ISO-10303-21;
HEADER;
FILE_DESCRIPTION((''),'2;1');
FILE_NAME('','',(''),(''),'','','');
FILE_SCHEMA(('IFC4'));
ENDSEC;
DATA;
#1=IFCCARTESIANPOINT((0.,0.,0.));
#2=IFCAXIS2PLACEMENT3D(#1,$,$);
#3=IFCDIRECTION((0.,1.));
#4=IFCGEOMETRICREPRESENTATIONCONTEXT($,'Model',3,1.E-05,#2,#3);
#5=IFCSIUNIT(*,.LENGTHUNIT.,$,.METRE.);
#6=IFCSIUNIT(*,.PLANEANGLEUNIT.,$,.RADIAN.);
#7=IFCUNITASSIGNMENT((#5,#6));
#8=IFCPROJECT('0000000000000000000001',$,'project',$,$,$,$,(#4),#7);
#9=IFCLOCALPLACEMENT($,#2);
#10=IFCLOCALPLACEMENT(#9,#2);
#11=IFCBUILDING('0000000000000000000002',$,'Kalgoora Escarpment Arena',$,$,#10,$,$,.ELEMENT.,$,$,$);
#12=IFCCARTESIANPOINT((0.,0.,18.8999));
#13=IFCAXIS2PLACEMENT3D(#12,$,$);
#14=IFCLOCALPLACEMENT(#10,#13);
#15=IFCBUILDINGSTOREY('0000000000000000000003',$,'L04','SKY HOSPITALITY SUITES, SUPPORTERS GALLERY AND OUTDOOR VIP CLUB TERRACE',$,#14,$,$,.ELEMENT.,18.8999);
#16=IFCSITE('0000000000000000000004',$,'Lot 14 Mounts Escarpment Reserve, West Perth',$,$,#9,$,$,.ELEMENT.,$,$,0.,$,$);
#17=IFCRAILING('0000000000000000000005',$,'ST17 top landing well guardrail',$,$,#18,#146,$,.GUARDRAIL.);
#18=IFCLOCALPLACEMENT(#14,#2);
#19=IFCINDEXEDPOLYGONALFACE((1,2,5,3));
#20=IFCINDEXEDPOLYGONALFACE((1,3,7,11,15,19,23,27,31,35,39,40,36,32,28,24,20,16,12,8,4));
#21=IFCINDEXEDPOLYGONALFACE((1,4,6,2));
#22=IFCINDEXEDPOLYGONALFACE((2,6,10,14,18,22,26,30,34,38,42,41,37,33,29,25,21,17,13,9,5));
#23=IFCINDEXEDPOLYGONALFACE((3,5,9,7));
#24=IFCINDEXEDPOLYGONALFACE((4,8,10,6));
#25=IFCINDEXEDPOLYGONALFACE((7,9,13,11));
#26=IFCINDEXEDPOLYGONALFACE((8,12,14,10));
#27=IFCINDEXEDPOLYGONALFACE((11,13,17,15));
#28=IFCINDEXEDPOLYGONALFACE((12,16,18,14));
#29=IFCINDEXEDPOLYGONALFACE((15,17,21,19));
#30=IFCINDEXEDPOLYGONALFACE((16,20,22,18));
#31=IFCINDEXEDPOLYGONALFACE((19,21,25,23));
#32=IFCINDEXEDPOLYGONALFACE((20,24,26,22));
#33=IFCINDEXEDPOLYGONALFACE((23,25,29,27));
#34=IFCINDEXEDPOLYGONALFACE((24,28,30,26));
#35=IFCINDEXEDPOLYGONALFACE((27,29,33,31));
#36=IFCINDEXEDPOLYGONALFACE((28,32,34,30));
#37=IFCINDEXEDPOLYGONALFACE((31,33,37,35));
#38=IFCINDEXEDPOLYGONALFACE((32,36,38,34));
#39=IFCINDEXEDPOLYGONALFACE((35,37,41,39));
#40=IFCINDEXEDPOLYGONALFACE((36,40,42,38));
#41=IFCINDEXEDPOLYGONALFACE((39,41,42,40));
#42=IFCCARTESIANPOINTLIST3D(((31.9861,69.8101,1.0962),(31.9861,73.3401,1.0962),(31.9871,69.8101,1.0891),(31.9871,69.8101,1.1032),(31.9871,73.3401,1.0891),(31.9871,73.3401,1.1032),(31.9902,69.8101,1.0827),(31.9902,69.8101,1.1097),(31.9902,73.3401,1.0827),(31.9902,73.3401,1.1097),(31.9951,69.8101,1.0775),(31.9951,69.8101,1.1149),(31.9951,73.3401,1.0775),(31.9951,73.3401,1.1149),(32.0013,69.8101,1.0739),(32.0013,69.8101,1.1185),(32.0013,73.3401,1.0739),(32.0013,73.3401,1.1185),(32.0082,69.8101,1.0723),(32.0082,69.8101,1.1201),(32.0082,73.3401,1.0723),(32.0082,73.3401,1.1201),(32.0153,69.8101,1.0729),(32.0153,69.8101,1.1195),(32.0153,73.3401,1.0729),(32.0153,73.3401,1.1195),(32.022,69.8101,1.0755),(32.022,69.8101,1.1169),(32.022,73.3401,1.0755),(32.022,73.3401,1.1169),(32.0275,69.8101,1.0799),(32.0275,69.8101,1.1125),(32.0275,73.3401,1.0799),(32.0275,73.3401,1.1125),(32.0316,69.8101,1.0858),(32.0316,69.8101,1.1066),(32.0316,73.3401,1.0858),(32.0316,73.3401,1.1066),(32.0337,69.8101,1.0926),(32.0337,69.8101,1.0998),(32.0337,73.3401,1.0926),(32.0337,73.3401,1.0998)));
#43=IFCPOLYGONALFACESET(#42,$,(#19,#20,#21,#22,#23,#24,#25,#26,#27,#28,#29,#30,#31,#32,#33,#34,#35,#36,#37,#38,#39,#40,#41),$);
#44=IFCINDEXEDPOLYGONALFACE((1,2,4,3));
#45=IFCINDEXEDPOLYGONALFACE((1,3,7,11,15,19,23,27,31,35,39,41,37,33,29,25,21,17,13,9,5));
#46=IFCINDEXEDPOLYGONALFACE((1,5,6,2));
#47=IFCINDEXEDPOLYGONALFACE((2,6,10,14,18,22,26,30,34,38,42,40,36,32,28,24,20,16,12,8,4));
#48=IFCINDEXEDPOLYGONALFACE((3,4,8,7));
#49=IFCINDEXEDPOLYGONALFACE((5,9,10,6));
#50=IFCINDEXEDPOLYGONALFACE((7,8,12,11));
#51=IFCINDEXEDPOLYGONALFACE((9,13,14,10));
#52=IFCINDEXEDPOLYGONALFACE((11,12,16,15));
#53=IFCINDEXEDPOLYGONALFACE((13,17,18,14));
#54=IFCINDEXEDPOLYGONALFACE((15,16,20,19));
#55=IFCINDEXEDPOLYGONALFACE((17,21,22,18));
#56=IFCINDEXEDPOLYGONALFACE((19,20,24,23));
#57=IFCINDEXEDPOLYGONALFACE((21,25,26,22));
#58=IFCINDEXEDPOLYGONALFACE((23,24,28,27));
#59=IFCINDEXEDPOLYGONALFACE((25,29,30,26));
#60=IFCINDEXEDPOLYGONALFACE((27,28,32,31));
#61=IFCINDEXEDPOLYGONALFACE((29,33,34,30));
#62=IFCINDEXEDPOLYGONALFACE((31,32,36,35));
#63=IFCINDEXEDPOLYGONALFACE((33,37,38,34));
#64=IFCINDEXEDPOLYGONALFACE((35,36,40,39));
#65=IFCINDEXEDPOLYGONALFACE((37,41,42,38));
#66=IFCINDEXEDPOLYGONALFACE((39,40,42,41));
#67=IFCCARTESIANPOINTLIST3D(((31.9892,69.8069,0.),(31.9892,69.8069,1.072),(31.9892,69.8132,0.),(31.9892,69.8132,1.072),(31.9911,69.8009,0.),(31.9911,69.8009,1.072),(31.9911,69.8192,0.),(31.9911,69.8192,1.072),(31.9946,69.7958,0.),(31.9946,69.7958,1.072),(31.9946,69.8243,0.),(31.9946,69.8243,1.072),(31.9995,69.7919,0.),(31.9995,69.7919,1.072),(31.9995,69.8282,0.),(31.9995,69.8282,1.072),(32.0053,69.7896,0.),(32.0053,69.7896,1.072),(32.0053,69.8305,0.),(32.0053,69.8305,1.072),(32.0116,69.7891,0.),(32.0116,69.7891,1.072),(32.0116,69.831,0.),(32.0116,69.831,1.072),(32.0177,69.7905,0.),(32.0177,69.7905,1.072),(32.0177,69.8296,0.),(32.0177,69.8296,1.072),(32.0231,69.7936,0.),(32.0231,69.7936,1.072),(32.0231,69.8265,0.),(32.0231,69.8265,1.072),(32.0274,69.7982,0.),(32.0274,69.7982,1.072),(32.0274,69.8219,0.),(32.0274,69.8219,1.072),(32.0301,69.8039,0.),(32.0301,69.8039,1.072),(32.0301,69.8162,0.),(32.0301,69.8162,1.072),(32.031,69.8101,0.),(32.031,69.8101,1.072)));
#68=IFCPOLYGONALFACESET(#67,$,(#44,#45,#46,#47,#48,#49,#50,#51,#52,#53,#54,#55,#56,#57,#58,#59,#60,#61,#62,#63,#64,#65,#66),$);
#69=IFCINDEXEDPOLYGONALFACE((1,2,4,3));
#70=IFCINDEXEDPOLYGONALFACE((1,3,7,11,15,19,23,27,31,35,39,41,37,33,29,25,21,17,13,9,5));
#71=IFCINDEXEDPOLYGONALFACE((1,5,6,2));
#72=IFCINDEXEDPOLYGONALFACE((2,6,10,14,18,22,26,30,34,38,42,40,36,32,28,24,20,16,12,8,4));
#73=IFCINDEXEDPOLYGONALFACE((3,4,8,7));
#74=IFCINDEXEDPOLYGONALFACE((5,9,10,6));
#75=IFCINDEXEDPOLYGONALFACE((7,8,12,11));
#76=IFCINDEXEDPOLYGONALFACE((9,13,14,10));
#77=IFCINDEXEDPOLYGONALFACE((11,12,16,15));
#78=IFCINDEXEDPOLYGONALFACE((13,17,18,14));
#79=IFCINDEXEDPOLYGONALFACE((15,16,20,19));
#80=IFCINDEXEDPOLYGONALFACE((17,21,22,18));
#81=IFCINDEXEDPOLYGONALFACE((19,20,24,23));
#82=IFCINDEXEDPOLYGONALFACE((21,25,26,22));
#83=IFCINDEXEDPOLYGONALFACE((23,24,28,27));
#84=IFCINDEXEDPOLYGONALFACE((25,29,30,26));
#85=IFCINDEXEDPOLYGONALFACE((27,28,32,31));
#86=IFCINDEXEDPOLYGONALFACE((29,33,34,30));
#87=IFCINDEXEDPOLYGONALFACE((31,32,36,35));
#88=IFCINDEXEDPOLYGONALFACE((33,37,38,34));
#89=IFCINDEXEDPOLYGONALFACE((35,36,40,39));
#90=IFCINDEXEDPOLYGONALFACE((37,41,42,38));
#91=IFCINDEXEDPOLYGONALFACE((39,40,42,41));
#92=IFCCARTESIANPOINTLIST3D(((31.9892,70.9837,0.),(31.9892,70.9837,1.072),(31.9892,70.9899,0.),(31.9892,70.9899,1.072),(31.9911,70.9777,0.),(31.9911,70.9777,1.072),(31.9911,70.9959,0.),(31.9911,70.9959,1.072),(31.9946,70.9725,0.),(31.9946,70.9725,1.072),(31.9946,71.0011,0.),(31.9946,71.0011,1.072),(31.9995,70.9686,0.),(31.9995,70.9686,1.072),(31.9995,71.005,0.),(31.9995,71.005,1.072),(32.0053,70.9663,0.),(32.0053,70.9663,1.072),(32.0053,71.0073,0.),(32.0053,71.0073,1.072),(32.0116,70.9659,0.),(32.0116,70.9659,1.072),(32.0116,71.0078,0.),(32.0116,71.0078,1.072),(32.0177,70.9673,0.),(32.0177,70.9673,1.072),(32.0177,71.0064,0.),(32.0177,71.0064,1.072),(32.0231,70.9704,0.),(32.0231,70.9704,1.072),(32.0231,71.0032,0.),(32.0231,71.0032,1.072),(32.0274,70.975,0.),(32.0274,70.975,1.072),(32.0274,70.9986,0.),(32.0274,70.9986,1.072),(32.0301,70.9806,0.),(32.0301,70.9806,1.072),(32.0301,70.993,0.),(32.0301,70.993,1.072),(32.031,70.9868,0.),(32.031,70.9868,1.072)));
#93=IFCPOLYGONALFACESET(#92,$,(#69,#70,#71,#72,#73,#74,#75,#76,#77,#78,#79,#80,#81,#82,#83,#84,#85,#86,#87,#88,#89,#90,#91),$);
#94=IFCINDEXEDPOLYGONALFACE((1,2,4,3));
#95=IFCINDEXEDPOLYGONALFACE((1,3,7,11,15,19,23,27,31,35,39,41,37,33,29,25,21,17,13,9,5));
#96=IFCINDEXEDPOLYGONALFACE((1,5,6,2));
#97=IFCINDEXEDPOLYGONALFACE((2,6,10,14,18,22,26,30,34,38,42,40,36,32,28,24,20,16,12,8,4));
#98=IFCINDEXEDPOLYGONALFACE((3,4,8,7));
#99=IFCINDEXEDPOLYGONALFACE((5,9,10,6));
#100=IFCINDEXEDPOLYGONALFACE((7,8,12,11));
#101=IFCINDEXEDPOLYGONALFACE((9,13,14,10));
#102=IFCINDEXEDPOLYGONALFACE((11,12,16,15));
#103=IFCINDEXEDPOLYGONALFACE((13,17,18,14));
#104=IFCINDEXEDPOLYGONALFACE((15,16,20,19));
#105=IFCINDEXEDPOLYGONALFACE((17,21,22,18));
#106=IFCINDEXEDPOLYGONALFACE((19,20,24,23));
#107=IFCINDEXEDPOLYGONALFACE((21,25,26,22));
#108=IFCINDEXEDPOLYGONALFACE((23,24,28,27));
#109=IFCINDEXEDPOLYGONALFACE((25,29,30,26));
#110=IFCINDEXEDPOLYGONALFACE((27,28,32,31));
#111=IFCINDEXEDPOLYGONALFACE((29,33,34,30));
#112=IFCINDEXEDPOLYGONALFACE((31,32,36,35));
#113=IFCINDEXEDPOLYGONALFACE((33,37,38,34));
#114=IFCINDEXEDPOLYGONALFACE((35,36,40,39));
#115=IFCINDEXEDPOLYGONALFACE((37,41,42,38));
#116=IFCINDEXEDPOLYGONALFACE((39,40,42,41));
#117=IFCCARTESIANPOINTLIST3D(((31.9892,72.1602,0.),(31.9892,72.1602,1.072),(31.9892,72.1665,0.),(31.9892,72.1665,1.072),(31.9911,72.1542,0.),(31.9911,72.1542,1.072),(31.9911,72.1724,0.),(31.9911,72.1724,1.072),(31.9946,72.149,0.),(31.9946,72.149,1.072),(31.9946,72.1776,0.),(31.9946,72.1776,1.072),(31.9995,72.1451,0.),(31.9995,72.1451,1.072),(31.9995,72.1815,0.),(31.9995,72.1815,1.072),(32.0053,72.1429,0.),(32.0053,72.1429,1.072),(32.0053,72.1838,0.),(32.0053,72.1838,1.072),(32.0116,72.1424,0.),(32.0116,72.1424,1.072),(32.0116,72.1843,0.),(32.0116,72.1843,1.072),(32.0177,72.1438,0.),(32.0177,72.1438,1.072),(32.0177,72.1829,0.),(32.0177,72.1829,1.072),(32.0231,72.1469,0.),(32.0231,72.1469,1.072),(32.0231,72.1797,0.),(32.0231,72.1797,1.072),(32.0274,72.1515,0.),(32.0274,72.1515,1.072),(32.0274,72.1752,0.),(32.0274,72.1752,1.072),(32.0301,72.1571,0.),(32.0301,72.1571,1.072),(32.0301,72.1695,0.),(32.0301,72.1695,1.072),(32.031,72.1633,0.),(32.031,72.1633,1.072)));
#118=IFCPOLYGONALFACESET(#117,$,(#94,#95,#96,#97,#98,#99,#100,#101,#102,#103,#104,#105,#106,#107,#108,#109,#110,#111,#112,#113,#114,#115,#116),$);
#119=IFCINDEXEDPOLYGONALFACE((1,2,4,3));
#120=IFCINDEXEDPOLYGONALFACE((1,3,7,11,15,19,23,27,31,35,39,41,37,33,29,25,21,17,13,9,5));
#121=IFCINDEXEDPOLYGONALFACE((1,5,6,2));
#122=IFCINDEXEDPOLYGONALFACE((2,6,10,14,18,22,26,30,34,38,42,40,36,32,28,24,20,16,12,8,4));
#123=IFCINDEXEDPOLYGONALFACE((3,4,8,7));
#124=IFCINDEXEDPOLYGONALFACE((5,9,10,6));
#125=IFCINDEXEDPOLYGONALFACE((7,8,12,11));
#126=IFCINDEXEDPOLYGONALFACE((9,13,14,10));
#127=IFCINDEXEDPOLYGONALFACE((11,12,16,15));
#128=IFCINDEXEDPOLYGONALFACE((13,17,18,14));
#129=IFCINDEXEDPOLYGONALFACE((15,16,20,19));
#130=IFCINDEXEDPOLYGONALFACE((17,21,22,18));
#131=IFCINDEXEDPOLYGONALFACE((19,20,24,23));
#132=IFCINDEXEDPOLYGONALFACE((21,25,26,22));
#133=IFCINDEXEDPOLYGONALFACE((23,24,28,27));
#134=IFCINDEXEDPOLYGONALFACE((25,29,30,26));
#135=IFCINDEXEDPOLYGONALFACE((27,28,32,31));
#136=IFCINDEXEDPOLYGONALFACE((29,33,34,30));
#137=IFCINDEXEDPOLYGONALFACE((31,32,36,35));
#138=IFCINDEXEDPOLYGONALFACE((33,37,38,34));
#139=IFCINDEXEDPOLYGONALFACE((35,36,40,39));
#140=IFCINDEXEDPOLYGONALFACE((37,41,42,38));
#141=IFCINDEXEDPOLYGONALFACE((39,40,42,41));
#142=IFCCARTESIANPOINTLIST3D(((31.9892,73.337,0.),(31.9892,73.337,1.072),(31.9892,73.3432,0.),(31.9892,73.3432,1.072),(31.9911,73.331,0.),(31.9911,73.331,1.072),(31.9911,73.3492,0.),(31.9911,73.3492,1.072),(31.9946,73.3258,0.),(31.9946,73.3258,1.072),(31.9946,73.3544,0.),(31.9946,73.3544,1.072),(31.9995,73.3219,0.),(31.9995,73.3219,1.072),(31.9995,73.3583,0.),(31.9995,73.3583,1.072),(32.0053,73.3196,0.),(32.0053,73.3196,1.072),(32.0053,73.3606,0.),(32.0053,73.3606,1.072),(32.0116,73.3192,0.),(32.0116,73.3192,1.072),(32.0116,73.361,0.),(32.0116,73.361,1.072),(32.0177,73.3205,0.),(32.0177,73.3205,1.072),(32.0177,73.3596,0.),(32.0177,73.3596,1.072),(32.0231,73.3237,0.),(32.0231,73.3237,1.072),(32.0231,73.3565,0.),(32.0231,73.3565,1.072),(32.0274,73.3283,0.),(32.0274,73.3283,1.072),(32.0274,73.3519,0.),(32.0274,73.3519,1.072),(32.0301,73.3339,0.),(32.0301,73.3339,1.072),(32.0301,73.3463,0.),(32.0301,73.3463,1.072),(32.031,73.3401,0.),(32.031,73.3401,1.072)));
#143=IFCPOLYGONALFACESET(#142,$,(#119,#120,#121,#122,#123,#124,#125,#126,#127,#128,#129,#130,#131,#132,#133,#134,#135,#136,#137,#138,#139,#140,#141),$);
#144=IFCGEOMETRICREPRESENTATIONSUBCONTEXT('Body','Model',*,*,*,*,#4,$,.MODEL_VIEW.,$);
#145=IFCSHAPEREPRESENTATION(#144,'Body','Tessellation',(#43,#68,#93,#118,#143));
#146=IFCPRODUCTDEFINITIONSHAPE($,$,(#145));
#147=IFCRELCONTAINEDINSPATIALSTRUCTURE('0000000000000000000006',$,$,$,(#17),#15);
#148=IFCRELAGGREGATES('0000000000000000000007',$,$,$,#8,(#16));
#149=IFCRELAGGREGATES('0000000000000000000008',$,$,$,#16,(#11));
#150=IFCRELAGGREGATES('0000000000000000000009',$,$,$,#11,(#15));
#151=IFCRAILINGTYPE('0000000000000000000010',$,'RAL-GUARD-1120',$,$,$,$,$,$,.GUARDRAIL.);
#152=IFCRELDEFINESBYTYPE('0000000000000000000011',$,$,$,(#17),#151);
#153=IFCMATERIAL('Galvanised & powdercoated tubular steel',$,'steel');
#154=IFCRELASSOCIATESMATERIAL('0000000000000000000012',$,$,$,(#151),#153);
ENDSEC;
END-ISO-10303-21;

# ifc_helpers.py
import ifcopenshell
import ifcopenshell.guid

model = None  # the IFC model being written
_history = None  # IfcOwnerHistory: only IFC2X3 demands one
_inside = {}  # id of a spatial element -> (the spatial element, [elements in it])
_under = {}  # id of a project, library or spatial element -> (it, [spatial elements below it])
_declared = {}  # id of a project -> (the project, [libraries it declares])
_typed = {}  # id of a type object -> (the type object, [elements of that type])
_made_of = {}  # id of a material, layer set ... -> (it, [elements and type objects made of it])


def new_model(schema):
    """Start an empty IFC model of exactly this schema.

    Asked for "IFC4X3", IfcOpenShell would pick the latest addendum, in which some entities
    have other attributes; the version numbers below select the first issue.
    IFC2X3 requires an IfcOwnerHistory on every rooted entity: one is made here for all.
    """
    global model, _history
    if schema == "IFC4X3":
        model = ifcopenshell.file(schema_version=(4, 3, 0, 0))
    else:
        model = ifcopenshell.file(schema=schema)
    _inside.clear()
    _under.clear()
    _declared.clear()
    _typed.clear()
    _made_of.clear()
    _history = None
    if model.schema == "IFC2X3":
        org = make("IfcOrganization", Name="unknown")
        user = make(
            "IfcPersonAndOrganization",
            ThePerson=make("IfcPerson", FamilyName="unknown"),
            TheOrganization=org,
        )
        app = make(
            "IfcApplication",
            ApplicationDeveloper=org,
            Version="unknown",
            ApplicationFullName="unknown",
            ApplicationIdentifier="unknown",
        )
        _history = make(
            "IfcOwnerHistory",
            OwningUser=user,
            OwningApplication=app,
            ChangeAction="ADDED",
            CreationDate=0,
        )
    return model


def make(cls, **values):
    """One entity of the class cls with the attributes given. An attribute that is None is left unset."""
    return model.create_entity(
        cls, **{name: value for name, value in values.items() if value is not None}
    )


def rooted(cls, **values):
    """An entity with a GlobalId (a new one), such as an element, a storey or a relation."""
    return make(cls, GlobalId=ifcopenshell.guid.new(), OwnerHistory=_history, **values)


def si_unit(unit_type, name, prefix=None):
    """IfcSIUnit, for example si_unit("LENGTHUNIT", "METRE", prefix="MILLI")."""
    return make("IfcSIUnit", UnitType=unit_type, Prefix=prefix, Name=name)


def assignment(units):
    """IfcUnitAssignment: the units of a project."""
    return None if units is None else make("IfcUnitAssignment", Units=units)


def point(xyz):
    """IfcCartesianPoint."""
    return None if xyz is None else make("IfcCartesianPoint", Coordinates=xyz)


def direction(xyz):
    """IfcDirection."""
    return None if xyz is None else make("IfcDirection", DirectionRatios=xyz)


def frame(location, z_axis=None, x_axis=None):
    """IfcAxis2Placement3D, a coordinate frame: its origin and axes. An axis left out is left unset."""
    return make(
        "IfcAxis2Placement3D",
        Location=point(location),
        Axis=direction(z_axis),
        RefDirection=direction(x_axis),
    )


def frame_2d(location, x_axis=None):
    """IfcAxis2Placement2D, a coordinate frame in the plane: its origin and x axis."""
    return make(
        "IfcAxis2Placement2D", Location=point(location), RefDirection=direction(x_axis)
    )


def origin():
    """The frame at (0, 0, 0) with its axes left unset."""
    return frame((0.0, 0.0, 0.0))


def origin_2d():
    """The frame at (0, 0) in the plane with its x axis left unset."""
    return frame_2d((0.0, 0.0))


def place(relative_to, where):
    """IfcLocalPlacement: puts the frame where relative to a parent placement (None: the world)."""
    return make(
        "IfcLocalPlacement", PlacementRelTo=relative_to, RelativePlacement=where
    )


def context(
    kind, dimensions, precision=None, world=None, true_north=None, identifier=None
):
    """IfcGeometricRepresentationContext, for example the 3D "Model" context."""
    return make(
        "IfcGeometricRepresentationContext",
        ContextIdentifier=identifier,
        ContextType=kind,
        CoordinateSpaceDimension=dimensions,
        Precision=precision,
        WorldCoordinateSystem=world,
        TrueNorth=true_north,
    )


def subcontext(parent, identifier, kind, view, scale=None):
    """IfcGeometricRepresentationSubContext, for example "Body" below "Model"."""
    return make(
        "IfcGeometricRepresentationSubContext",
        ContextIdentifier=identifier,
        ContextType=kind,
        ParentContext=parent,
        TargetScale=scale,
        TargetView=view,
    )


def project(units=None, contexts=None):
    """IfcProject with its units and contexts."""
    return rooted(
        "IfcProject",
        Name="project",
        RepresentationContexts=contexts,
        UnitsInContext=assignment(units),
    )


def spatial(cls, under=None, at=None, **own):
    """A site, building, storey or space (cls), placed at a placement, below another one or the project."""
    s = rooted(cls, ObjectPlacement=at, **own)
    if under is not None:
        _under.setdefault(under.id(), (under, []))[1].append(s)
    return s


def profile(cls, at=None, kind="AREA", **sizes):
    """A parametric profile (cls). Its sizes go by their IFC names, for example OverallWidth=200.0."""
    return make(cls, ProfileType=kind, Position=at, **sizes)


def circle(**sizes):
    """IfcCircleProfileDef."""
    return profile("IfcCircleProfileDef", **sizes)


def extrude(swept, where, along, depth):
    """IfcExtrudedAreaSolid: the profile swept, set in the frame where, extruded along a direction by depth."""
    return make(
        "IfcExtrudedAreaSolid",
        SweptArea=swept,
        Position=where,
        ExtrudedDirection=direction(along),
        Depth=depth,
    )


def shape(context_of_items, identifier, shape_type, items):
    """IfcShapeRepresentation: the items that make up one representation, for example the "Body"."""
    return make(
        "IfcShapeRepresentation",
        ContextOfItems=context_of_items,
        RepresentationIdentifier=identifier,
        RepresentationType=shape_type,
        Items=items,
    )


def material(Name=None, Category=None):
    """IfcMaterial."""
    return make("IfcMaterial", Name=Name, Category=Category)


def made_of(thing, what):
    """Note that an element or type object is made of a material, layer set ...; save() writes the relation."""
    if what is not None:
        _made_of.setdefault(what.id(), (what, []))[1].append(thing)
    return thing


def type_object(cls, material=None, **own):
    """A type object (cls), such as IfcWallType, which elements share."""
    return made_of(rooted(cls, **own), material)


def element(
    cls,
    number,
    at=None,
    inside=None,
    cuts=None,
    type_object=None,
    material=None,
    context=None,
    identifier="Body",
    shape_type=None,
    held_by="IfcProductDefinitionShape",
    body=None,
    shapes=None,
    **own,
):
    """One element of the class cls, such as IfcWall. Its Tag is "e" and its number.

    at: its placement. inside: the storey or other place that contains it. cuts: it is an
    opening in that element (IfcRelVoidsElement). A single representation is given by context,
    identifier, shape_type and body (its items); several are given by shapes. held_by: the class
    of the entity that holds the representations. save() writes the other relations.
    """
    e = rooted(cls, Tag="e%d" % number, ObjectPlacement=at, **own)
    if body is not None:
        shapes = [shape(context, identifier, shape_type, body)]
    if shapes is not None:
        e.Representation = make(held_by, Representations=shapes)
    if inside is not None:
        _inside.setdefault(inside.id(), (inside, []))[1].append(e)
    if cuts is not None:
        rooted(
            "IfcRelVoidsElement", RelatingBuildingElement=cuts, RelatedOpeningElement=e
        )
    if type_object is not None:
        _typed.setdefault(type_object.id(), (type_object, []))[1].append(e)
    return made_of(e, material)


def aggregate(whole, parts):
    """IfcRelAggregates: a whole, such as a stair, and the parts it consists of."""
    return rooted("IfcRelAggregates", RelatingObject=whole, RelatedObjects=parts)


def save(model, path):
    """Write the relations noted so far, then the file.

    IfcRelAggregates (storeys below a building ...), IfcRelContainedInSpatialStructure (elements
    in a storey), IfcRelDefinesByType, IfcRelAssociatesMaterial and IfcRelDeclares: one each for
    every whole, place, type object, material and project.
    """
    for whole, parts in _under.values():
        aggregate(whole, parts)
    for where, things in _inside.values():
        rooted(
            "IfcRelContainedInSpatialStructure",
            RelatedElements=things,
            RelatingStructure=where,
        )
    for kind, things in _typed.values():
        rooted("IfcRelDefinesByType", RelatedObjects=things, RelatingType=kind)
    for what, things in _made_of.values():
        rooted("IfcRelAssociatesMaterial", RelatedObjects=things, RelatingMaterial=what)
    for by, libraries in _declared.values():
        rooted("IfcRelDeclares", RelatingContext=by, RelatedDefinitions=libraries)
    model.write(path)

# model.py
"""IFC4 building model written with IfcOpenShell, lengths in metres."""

from ifc_helpers import new_model, si_unit, direction, frame, origin, origin_2d, place, context, subcontext, project, spatial, circle, extrude, material, type_object, element, save


model = new_model("IFC4")

# Units and contexts
model_context = context("Model", 3, precision=1e-05, world=origin(), true_north=direction((0.0, 1.0)))
body_context = subcontext(model_context, "Body", "Model", "MODEL_VIEW")
ifc_project = project(units=[si_unit("LENGTHUNIT", "METRE"), si_unit("PLANEANGLEUNIT", "RADIAN")], contexts=[model_context])

# Site, building, storey
site_placement = place(None, origin())
site = spatial("IfcSite", under=ifc_project, at=site_placement, Name="Lot 14 Mounts Escarpment Reserve, West Perth", CompositionType="ELEMENT", RefElevation=0.0)
building_placement = place(site_placement, origin())
building = spatial("IfcBuilding", under=site, at=building_placement, Name="Kalgoora Escarpment Arena", CompositionType="ELEMENT")
storey_placement = place(building_placement, frame((0.0, 0.0, 18.8999)))
storey = spatial("IfcBuildingStorey", under=building, at=storey_placement, Name="L04", Description="SKY HOSPITALITY SUITES, SUPPORTERS GALLERY AND OUTDOOR VIP CLUB TERRACE", CompositionType="ELEMENT", Elevation=18.8999)

# Railing
ifc_material_1 = material(Name="Galvanised & powdercoated tubular steel", Category="steel")
railing_type = type_object("IfcRailingType", Name="RAL-GUARD-1120", PredefinedType="GUARDRAIL", material=ifc_material_1)
railing_1_placement = place(storey_placement, frame((32.01, 69.8101, 0.0)))
element("IfcRailing", 1, at=railing_1_placement, inside=storey, type_object=railing_type, Name="ST17 top landing well guardrail", PredefinedType="GUARDRAIL", context=body_context, shape_type="SweptSolid", body=[
    extrude(circle(Radius=0.0239, at=origin_2d()), frame((0.0, 0.0, 1.0962), z_axis=(0.0, 1.0, 0.0), x_axis=(-1.0, 0.0, 0.0)), (0.0, 0.0, 1.0), 3.53),
    extrude(circle(Radius=0.021, at=origin_2d()), origin(), (0.0, 0.0, 1.0), 1.072),
    extrude(circle(Radius=0.021, at=origin_2d()), frame((0.0, 1.1768, 0.0)), (0.0, 0.0, 1.0), 1.072),
    extrude(circle(Radius=0.021, at=origin_2d()), frame((0.0, 2.3533, 0.0)), (0.0, 0.0, 1.0), 1.072),
    extrude(circle(Radius=0.021, at=origin_2d()), frame((0.0, 3.53, 0.0)), (0.0, 0.0, 1.0), 1.072),
])

save(model, "model.ifc")
